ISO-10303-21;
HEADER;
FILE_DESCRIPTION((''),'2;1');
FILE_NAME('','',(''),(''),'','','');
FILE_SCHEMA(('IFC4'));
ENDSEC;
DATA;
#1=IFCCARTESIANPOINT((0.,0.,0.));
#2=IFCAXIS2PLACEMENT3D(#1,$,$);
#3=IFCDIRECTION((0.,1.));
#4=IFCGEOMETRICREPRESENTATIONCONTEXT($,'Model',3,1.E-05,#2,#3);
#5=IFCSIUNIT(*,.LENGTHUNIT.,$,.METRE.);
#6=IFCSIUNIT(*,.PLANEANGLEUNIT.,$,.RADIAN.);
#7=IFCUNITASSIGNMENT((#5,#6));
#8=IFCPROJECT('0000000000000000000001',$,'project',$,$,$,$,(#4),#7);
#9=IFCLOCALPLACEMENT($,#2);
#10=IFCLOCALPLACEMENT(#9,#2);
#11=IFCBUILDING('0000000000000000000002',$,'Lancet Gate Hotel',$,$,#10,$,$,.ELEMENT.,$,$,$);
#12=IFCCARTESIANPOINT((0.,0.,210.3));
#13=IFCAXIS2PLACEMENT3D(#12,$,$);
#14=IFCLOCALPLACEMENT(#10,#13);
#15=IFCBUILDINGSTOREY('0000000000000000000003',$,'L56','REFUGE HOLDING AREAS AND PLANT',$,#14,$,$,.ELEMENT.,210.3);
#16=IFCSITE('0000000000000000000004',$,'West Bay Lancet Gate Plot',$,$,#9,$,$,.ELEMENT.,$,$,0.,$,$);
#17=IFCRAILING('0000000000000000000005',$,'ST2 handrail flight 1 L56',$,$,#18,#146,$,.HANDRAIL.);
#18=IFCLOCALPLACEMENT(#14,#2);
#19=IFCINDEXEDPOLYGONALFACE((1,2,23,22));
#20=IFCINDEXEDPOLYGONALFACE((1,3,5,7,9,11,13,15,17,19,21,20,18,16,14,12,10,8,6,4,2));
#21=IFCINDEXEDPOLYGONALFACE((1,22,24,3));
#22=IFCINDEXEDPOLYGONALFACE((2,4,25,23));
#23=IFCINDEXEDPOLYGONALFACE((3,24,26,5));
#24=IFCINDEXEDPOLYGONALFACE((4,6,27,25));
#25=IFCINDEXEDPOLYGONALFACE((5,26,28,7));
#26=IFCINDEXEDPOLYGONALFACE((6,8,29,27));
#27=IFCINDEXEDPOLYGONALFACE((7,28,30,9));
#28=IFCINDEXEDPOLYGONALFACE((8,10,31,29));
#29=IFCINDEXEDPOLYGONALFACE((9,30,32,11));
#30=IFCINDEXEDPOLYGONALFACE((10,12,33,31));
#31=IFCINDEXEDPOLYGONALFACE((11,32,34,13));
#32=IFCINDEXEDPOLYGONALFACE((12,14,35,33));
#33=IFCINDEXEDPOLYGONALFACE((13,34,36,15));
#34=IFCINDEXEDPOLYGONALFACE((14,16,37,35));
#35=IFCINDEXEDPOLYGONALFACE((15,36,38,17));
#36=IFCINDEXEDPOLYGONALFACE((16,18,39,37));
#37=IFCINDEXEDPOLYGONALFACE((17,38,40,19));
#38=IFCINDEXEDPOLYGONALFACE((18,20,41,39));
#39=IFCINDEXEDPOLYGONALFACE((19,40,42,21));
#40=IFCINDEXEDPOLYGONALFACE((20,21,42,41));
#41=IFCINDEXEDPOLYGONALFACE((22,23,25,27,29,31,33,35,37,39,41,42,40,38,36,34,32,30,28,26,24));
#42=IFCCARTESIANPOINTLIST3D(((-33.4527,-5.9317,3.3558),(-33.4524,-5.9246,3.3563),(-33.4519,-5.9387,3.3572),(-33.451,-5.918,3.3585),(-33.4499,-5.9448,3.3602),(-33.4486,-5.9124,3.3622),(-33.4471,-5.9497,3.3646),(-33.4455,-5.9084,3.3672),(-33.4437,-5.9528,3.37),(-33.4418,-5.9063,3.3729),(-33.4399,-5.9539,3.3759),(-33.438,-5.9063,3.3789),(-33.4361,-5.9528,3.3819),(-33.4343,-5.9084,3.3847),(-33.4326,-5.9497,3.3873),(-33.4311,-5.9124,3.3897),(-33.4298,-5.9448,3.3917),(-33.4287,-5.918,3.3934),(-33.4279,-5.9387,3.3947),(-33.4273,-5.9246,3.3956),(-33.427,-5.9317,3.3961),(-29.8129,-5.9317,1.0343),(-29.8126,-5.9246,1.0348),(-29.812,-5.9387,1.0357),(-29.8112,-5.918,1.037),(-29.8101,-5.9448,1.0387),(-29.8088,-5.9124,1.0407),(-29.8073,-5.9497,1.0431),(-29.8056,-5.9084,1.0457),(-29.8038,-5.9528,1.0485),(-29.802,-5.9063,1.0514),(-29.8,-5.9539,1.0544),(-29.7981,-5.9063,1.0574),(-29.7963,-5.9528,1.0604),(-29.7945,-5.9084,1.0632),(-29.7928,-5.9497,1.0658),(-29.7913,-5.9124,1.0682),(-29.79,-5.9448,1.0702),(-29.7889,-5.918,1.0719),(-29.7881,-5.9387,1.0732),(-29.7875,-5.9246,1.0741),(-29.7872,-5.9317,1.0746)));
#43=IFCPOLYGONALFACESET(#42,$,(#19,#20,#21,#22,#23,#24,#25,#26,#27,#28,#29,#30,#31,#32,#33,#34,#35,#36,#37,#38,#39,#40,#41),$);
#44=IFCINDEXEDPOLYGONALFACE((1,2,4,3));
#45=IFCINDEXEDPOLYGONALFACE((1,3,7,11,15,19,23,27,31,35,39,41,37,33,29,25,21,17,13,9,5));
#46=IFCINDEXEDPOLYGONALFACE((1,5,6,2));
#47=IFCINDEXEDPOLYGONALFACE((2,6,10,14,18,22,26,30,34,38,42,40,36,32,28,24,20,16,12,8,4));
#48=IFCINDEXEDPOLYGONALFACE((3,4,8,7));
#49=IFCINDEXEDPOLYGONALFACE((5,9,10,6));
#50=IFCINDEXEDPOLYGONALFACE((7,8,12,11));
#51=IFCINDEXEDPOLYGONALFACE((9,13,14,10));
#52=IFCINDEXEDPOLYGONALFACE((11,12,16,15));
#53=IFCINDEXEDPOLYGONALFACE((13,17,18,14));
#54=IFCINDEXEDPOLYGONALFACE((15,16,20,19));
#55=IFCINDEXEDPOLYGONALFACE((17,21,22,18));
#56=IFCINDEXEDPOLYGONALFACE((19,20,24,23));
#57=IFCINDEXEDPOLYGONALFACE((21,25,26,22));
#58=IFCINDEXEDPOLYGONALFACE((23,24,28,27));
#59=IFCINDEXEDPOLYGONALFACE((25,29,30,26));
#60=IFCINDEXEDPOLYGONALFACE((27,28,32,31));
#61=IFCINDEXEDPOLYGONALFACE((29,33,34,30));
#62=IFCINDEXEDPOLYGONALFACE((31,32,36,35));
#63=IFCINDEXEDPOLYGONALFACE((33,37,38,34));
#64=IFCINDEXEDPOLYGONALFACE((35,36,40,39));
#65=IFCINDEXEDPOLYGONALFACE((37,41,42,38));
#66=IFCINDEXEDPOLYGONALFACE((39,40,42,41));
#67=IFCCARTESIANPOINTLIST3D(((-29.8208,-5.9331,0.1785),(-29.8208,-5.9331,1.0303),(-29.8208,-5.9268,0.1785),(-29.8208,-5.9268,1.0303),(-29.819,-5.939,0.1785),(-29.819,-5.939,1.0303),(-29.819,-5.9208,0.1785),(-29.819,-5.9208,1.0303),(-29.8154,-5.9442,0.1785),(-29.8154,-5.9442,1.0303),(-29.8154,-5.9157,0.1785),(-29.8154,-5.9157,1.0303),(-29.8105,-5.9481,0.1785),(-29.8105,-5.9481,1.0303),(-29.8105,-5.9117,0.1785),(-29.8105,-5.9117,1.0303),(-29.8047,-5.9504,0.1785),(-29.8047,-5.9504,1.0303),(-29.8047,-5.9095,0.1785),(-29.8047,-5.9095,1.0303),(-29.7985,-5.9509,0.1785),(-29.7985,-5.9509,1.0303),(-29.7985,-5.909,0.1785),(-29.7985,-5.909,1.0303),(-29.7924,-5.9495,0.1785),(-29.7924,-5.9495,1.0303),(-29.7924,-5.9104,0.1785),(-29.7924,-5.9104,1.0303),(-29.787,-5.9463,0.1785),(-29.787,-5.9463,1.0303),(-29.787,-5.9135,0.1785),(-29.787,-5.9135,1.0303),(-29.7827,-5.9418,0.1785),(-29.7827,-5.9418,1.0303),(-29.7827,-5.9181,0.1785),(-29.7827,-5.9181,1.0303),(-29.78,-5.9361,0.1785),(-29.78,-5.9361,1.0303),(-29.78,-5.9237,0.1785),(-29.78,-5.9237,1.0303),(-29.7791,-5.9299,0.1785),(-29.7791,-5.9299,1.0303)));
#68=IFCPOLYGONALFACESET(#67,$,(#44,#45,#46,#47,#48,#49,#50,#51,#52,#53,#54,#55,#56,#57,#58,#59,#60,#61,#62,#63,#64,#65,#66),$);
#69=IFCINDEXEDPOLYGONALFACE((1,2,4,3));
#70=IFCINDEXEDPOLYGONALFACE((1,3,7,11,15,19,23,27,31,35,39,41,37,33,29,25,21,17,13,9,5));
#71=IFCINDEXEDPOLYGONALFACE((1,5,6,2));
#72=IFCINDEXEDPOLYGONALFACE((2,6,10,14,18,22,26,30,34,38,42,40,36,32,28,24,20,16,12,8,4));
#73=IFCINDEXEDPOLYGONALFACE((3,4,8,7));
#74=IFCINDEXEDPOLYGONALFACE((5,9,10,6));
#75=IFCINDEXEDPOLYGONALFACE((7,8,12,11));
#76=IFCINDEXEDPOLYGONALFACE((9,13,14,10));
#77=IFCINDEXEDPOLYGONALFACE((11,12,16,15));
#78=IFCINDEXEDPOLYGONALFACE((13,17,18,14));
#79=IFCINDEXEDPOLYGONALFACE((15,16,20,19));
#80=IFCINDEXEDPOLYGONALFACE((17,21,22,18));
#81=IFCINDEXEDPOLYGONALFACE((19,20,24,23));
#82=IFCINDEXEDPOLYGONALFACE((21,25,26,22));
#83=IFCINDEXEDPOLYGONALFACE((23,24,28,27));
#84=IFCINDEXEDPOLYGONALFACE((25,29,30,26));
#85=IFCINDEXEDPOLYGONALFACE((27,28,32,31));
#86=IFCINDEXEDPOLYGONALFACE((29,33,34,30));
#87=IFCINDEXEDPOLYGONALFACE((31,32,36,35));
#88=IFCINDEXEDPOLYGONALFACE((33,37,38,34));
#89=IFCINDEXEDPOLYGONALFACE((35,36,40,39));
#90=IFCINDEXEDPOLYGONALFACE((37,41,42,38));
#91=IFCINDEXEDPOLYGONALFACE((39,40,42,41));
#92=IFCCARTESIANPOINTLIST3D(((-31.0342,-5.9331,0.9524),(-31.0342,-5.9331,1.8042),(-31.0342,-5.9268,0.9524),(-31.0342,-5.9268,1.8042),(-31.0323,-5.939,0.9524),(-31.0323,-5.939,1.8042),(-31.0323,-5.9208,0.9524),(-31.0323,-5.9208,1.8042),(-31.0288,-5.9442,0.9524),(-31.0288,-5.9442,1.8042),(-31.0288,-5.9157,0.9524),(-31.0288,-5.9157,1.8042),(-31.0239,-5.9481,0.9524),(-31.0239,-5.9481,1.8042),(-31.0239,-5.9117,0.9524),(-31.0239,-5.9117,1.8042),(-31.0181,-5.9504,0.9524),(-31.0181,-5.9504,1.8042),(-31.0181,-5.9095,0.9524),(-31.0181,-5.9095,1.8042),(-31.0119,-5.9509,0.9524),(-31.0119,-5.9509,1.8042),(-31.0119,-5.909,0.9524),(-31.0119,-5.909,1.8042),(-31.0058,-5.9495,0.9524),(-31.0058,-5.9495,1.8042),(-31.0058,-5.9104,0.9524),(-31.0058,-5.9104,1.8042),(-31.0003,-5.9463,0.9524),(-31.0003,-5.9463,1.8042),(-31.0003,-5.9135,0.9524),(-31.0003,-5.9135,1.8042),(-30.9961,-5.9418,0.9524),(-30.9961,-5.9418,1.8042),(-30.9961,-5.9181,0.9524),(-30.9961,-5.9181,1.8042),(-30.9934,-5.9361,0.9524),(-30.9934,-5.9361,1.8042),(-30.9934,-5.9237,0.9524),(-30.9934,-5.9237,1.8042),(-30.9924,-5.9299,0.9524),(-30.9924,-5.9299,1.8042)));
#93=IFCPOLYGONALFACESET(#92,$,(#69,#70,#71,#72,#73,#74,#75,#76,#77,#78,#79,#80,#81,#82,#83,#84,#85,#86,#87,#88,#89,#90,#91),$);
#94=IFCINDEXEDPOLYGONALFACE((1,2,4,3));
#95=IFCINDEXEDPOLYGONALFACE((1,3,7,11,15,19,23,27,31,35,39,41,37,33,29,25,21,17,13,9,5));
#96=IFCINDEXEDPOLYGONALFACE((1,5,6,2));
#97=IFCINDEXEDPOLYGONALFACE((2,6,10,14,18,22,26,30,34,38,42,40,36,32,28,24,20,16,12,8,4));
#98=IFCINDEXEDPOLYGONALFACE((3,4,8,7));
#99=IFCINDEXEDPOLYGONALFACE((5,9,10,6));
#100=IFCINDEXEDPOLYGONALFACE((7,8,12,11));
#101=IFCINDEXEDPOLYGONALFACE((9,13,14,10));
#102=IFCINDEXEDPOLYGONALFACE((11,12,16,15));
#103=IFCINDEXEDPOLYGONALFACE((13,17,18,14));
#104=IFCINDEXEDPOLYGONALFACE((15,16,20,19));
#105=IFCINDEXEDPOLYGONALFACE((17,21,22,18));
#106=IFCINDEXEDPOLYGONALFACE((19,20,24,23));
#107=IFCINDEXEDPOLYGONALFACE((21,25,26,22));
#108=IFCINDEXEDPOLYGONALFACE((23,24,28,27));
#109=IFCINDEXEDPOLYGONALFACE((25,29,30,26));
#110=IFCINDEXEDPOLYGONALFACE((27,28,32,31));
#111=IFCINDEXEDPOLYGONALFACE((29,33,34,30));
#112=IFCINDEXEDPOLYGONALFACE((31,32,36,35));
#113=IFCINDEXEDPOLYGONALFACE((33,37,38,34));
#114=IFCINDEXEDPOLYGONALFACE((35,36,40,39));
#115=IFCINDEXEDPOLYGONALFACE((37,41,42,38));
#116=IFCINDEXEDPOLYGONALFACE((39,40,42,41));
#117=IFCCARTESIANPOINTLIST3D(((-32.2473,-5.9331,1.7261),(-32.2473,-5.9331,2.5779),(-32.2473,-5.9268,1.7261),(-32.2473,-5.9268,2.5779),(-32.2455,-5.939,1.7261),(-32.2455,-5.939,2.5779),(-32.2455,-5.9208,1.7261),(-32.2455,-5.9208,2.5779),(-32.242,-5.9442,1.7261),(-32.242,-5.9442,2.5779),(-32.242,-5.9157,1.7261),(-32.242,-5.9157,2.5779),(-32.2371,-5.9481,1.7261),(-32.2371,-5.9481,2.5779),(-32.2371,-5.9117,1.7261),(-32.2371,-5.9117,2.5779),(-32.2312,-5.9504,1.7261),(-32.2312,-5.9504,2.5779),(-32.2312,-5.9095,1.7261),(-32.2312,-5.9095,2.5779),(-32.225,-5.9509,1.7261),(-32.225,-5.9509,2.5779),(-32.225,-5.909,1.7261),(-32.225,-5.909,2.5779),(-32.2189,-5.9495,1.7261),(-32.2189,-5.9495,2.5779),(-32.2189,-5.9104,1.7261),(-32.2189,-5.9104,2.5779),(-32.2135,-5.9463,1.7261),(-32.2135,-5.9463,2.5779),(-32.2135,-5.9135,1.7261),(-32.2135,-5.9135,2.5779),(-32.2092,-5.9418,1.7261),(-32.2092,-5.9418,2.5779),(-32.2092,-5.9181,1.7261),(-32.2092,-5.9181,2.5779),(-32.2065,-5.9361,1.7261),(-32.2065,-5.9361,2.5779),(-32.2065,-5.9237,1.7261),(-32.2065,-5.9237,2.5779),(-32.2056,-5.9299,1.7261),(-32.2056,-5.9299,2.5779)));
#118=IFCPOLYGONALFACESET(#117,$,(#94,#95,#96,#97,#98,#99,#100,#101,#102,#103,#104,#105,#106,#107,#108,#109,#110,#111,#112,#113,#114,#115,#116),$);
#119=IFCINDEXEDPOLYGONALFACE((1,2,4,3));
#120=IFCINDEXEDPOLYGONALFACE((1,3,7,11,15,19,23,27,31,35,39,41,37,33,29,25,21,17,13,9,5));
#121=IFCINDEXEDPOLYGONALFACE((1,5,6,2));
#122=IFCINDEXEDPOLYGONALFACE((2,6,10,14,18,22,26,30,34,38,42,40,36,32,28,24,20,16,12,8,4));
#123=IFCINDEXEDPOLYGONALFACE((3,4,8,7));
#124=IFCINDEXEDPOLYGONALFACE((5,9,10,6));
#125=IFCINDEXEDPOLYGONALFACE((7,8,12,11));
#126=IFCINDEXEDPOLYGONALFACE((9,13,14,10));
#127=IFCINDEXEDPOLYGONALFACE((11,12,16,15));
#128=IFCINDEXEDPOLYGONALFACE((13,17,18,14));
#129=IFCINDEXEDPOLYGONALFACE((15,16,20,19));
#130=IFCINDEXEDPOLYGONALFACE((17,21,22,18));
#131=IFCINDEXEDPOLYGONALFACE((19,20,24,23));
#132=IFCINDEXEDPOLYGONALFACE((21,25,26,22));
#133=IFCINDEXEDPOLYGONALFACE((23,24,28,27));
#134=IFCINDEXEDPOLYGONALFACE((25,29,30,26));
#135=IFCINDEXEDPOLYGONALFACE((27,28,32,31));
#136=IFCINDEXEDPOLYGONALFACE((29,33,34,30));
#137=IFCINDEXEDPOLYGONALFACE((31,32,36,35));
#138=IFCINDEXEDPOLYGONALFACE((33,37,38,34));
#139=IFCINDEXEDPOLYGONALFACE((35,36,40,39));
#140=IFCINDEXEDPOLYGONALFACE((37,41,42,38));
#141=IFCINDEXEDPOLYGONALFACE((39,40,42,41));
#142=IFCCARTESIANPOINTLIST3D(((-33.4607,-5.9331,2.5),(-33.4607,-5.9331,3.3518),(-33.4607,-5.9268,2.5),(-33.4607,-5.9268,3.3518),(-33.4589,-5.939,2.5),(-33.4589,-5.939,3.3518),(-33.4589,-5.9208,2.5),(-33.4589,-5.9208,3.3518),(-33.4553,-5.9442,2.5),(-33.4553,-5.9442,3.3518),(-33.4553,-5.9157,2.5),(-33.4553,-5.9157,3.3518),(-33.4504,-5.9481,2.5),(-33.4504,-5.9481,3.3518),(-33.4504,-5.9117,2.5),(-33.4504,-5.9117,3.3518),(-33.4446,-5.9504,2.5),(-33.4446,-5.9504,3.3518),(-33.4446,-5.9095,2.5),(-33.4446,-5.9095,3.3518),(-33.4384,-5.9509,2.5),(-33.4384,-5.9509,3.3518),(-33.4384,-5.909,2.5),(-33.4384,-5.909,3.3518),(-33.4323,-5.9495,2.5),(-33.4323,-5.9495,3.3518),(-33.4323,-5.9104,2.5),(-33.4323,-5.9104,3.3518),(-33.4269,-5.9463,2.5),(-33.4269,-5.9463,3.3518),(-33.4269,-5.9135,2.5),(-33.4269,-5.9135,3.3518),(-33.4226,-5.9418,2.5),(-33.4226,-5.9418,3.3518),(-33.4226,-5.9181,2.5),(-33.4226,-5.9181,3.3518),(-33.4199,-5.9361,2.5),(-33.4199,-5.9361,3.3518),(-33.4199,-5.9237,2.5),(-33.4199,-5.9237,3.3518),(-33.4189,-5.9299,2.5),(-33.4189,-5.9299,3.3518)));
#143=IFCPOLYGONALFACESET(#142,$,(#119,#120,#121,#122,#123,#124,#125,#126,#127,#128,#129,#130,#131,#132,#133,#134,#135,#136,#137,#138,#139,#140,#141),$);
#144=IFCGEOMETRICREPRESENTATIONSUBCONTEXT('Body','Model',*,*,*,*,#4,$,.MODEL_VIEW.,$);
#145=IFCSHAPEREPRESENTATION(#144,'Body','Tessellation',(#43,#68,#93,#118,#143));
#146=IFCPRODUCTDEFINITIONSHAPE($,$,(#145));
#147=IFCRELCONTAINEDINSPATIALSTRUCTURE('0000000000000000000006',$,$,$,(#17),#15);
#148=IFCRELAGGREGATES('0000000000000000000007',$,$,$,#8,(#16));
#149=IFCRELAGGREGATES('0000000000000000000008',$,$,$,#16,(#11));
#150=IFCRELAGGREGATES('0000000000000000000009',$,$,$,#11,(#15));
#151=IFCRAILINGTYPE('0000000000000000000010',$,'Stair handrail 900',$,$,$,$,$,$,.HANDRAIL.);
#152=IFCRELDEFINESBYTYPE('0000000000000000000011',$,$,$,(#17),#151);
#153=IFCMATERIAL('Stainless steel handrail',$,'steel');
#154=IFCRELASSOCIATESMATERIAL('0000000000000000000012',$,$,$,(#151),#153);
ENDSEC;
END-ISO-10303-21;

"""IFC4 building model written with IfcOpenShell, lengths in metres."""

from ifc_helpers import new_model, si_unit, direction, frame, origin, origin_2d, place, context, subcontext, project, spatial, circle, extrude, material, type_object, element, save


model = new_model("IFC4")

# Units and contexts
model_context = context("Model", 3, precision=1e-05, world=origin(), true_north=direction((0.0, 1.0)))
body_context = subcontext(model_context, "Body", "Model", "MODEL_VIEW")
ifc_project = project(units=[si_unit("LENGTHUNIT", "METRE"), si_unit("PLANEANGLEUNIT", "RADIAN")], contexts=[model_context])

# Site, building, storey
site_placement = place(None, origin())
site = spatial("IfcSite", under=ifc_project, at=site_placement, Name="West Bay Lancet Gate Plot", CompositionType="ELEMENT", RefElevation=0.0)
building_placement = place(site_placement, origin())
building = spatial("IfcBuilding", under=site, at=building_placement, Name="Lancet Gate Hotel", CompositionType="ELEMENT")
storey_placement = place(building_placement, frame((0.0, 0.0, 210.3)))
storey = spatial("IfcBuildingStorey", under=building, at=storey_placement, Name="L56", Description="REFUGE HOLDING AREAS AND PLANT", CompositionType="ELEMENT", Elevation=210.3)

# Railing
ifc_material_1 = material(Name="Stainless steel handrail", Category="steel")
railing_type = type_object("IfcRailingType", Name="Stair handrail 900", PredefinedType="HANDRAIL", material=ifc_material_1)
railing_1_placement = place(storey_placement, frame((-29.8, -5.9299, 0.1785)))
element("IfcRailing", 1, at=railing_1_placement, inside=storey, type_object=railing_type, Name="ST2 handrail flight 1 L56", PredefinedType="HANDRAIL", context=body_context, shape_type="SweptSolid", body=[
    extrude(circle(Radius=0.0239, at=origin_2d()), frame((0.0, 0.0, 0.876), z_axis=(-0.843112, 0.0, 0.537739), x_axis=(0.0, -1.0, 0.0)), (0.0, 0.0, 1.0), 4.3171),
    extrude(circle(Radius=0.021, at=origin_2d()), origin(), (0.0, 0.0, 1.0), 0.8518),
    extrude(circle(Radius=0.021, at=origin_2d()), frame((-1.2134, 0.0, 0.7739)), (0.0, 0.0, 1.0), 0.8518),
    extrude(circle(Radius=0.021, at=origin_2d()), frame((-2.4265, 0.0, 1.5476)), (0.0, 0.0, 1.0), 0.8518),
    extrude(circle(Radius=0.021, at=origin_2d()), frame((-3.6399, 0.0, 2.3215)), (0.0, 0.0, 1.0), 0.8518),
])

save(model, "model.ifc")
